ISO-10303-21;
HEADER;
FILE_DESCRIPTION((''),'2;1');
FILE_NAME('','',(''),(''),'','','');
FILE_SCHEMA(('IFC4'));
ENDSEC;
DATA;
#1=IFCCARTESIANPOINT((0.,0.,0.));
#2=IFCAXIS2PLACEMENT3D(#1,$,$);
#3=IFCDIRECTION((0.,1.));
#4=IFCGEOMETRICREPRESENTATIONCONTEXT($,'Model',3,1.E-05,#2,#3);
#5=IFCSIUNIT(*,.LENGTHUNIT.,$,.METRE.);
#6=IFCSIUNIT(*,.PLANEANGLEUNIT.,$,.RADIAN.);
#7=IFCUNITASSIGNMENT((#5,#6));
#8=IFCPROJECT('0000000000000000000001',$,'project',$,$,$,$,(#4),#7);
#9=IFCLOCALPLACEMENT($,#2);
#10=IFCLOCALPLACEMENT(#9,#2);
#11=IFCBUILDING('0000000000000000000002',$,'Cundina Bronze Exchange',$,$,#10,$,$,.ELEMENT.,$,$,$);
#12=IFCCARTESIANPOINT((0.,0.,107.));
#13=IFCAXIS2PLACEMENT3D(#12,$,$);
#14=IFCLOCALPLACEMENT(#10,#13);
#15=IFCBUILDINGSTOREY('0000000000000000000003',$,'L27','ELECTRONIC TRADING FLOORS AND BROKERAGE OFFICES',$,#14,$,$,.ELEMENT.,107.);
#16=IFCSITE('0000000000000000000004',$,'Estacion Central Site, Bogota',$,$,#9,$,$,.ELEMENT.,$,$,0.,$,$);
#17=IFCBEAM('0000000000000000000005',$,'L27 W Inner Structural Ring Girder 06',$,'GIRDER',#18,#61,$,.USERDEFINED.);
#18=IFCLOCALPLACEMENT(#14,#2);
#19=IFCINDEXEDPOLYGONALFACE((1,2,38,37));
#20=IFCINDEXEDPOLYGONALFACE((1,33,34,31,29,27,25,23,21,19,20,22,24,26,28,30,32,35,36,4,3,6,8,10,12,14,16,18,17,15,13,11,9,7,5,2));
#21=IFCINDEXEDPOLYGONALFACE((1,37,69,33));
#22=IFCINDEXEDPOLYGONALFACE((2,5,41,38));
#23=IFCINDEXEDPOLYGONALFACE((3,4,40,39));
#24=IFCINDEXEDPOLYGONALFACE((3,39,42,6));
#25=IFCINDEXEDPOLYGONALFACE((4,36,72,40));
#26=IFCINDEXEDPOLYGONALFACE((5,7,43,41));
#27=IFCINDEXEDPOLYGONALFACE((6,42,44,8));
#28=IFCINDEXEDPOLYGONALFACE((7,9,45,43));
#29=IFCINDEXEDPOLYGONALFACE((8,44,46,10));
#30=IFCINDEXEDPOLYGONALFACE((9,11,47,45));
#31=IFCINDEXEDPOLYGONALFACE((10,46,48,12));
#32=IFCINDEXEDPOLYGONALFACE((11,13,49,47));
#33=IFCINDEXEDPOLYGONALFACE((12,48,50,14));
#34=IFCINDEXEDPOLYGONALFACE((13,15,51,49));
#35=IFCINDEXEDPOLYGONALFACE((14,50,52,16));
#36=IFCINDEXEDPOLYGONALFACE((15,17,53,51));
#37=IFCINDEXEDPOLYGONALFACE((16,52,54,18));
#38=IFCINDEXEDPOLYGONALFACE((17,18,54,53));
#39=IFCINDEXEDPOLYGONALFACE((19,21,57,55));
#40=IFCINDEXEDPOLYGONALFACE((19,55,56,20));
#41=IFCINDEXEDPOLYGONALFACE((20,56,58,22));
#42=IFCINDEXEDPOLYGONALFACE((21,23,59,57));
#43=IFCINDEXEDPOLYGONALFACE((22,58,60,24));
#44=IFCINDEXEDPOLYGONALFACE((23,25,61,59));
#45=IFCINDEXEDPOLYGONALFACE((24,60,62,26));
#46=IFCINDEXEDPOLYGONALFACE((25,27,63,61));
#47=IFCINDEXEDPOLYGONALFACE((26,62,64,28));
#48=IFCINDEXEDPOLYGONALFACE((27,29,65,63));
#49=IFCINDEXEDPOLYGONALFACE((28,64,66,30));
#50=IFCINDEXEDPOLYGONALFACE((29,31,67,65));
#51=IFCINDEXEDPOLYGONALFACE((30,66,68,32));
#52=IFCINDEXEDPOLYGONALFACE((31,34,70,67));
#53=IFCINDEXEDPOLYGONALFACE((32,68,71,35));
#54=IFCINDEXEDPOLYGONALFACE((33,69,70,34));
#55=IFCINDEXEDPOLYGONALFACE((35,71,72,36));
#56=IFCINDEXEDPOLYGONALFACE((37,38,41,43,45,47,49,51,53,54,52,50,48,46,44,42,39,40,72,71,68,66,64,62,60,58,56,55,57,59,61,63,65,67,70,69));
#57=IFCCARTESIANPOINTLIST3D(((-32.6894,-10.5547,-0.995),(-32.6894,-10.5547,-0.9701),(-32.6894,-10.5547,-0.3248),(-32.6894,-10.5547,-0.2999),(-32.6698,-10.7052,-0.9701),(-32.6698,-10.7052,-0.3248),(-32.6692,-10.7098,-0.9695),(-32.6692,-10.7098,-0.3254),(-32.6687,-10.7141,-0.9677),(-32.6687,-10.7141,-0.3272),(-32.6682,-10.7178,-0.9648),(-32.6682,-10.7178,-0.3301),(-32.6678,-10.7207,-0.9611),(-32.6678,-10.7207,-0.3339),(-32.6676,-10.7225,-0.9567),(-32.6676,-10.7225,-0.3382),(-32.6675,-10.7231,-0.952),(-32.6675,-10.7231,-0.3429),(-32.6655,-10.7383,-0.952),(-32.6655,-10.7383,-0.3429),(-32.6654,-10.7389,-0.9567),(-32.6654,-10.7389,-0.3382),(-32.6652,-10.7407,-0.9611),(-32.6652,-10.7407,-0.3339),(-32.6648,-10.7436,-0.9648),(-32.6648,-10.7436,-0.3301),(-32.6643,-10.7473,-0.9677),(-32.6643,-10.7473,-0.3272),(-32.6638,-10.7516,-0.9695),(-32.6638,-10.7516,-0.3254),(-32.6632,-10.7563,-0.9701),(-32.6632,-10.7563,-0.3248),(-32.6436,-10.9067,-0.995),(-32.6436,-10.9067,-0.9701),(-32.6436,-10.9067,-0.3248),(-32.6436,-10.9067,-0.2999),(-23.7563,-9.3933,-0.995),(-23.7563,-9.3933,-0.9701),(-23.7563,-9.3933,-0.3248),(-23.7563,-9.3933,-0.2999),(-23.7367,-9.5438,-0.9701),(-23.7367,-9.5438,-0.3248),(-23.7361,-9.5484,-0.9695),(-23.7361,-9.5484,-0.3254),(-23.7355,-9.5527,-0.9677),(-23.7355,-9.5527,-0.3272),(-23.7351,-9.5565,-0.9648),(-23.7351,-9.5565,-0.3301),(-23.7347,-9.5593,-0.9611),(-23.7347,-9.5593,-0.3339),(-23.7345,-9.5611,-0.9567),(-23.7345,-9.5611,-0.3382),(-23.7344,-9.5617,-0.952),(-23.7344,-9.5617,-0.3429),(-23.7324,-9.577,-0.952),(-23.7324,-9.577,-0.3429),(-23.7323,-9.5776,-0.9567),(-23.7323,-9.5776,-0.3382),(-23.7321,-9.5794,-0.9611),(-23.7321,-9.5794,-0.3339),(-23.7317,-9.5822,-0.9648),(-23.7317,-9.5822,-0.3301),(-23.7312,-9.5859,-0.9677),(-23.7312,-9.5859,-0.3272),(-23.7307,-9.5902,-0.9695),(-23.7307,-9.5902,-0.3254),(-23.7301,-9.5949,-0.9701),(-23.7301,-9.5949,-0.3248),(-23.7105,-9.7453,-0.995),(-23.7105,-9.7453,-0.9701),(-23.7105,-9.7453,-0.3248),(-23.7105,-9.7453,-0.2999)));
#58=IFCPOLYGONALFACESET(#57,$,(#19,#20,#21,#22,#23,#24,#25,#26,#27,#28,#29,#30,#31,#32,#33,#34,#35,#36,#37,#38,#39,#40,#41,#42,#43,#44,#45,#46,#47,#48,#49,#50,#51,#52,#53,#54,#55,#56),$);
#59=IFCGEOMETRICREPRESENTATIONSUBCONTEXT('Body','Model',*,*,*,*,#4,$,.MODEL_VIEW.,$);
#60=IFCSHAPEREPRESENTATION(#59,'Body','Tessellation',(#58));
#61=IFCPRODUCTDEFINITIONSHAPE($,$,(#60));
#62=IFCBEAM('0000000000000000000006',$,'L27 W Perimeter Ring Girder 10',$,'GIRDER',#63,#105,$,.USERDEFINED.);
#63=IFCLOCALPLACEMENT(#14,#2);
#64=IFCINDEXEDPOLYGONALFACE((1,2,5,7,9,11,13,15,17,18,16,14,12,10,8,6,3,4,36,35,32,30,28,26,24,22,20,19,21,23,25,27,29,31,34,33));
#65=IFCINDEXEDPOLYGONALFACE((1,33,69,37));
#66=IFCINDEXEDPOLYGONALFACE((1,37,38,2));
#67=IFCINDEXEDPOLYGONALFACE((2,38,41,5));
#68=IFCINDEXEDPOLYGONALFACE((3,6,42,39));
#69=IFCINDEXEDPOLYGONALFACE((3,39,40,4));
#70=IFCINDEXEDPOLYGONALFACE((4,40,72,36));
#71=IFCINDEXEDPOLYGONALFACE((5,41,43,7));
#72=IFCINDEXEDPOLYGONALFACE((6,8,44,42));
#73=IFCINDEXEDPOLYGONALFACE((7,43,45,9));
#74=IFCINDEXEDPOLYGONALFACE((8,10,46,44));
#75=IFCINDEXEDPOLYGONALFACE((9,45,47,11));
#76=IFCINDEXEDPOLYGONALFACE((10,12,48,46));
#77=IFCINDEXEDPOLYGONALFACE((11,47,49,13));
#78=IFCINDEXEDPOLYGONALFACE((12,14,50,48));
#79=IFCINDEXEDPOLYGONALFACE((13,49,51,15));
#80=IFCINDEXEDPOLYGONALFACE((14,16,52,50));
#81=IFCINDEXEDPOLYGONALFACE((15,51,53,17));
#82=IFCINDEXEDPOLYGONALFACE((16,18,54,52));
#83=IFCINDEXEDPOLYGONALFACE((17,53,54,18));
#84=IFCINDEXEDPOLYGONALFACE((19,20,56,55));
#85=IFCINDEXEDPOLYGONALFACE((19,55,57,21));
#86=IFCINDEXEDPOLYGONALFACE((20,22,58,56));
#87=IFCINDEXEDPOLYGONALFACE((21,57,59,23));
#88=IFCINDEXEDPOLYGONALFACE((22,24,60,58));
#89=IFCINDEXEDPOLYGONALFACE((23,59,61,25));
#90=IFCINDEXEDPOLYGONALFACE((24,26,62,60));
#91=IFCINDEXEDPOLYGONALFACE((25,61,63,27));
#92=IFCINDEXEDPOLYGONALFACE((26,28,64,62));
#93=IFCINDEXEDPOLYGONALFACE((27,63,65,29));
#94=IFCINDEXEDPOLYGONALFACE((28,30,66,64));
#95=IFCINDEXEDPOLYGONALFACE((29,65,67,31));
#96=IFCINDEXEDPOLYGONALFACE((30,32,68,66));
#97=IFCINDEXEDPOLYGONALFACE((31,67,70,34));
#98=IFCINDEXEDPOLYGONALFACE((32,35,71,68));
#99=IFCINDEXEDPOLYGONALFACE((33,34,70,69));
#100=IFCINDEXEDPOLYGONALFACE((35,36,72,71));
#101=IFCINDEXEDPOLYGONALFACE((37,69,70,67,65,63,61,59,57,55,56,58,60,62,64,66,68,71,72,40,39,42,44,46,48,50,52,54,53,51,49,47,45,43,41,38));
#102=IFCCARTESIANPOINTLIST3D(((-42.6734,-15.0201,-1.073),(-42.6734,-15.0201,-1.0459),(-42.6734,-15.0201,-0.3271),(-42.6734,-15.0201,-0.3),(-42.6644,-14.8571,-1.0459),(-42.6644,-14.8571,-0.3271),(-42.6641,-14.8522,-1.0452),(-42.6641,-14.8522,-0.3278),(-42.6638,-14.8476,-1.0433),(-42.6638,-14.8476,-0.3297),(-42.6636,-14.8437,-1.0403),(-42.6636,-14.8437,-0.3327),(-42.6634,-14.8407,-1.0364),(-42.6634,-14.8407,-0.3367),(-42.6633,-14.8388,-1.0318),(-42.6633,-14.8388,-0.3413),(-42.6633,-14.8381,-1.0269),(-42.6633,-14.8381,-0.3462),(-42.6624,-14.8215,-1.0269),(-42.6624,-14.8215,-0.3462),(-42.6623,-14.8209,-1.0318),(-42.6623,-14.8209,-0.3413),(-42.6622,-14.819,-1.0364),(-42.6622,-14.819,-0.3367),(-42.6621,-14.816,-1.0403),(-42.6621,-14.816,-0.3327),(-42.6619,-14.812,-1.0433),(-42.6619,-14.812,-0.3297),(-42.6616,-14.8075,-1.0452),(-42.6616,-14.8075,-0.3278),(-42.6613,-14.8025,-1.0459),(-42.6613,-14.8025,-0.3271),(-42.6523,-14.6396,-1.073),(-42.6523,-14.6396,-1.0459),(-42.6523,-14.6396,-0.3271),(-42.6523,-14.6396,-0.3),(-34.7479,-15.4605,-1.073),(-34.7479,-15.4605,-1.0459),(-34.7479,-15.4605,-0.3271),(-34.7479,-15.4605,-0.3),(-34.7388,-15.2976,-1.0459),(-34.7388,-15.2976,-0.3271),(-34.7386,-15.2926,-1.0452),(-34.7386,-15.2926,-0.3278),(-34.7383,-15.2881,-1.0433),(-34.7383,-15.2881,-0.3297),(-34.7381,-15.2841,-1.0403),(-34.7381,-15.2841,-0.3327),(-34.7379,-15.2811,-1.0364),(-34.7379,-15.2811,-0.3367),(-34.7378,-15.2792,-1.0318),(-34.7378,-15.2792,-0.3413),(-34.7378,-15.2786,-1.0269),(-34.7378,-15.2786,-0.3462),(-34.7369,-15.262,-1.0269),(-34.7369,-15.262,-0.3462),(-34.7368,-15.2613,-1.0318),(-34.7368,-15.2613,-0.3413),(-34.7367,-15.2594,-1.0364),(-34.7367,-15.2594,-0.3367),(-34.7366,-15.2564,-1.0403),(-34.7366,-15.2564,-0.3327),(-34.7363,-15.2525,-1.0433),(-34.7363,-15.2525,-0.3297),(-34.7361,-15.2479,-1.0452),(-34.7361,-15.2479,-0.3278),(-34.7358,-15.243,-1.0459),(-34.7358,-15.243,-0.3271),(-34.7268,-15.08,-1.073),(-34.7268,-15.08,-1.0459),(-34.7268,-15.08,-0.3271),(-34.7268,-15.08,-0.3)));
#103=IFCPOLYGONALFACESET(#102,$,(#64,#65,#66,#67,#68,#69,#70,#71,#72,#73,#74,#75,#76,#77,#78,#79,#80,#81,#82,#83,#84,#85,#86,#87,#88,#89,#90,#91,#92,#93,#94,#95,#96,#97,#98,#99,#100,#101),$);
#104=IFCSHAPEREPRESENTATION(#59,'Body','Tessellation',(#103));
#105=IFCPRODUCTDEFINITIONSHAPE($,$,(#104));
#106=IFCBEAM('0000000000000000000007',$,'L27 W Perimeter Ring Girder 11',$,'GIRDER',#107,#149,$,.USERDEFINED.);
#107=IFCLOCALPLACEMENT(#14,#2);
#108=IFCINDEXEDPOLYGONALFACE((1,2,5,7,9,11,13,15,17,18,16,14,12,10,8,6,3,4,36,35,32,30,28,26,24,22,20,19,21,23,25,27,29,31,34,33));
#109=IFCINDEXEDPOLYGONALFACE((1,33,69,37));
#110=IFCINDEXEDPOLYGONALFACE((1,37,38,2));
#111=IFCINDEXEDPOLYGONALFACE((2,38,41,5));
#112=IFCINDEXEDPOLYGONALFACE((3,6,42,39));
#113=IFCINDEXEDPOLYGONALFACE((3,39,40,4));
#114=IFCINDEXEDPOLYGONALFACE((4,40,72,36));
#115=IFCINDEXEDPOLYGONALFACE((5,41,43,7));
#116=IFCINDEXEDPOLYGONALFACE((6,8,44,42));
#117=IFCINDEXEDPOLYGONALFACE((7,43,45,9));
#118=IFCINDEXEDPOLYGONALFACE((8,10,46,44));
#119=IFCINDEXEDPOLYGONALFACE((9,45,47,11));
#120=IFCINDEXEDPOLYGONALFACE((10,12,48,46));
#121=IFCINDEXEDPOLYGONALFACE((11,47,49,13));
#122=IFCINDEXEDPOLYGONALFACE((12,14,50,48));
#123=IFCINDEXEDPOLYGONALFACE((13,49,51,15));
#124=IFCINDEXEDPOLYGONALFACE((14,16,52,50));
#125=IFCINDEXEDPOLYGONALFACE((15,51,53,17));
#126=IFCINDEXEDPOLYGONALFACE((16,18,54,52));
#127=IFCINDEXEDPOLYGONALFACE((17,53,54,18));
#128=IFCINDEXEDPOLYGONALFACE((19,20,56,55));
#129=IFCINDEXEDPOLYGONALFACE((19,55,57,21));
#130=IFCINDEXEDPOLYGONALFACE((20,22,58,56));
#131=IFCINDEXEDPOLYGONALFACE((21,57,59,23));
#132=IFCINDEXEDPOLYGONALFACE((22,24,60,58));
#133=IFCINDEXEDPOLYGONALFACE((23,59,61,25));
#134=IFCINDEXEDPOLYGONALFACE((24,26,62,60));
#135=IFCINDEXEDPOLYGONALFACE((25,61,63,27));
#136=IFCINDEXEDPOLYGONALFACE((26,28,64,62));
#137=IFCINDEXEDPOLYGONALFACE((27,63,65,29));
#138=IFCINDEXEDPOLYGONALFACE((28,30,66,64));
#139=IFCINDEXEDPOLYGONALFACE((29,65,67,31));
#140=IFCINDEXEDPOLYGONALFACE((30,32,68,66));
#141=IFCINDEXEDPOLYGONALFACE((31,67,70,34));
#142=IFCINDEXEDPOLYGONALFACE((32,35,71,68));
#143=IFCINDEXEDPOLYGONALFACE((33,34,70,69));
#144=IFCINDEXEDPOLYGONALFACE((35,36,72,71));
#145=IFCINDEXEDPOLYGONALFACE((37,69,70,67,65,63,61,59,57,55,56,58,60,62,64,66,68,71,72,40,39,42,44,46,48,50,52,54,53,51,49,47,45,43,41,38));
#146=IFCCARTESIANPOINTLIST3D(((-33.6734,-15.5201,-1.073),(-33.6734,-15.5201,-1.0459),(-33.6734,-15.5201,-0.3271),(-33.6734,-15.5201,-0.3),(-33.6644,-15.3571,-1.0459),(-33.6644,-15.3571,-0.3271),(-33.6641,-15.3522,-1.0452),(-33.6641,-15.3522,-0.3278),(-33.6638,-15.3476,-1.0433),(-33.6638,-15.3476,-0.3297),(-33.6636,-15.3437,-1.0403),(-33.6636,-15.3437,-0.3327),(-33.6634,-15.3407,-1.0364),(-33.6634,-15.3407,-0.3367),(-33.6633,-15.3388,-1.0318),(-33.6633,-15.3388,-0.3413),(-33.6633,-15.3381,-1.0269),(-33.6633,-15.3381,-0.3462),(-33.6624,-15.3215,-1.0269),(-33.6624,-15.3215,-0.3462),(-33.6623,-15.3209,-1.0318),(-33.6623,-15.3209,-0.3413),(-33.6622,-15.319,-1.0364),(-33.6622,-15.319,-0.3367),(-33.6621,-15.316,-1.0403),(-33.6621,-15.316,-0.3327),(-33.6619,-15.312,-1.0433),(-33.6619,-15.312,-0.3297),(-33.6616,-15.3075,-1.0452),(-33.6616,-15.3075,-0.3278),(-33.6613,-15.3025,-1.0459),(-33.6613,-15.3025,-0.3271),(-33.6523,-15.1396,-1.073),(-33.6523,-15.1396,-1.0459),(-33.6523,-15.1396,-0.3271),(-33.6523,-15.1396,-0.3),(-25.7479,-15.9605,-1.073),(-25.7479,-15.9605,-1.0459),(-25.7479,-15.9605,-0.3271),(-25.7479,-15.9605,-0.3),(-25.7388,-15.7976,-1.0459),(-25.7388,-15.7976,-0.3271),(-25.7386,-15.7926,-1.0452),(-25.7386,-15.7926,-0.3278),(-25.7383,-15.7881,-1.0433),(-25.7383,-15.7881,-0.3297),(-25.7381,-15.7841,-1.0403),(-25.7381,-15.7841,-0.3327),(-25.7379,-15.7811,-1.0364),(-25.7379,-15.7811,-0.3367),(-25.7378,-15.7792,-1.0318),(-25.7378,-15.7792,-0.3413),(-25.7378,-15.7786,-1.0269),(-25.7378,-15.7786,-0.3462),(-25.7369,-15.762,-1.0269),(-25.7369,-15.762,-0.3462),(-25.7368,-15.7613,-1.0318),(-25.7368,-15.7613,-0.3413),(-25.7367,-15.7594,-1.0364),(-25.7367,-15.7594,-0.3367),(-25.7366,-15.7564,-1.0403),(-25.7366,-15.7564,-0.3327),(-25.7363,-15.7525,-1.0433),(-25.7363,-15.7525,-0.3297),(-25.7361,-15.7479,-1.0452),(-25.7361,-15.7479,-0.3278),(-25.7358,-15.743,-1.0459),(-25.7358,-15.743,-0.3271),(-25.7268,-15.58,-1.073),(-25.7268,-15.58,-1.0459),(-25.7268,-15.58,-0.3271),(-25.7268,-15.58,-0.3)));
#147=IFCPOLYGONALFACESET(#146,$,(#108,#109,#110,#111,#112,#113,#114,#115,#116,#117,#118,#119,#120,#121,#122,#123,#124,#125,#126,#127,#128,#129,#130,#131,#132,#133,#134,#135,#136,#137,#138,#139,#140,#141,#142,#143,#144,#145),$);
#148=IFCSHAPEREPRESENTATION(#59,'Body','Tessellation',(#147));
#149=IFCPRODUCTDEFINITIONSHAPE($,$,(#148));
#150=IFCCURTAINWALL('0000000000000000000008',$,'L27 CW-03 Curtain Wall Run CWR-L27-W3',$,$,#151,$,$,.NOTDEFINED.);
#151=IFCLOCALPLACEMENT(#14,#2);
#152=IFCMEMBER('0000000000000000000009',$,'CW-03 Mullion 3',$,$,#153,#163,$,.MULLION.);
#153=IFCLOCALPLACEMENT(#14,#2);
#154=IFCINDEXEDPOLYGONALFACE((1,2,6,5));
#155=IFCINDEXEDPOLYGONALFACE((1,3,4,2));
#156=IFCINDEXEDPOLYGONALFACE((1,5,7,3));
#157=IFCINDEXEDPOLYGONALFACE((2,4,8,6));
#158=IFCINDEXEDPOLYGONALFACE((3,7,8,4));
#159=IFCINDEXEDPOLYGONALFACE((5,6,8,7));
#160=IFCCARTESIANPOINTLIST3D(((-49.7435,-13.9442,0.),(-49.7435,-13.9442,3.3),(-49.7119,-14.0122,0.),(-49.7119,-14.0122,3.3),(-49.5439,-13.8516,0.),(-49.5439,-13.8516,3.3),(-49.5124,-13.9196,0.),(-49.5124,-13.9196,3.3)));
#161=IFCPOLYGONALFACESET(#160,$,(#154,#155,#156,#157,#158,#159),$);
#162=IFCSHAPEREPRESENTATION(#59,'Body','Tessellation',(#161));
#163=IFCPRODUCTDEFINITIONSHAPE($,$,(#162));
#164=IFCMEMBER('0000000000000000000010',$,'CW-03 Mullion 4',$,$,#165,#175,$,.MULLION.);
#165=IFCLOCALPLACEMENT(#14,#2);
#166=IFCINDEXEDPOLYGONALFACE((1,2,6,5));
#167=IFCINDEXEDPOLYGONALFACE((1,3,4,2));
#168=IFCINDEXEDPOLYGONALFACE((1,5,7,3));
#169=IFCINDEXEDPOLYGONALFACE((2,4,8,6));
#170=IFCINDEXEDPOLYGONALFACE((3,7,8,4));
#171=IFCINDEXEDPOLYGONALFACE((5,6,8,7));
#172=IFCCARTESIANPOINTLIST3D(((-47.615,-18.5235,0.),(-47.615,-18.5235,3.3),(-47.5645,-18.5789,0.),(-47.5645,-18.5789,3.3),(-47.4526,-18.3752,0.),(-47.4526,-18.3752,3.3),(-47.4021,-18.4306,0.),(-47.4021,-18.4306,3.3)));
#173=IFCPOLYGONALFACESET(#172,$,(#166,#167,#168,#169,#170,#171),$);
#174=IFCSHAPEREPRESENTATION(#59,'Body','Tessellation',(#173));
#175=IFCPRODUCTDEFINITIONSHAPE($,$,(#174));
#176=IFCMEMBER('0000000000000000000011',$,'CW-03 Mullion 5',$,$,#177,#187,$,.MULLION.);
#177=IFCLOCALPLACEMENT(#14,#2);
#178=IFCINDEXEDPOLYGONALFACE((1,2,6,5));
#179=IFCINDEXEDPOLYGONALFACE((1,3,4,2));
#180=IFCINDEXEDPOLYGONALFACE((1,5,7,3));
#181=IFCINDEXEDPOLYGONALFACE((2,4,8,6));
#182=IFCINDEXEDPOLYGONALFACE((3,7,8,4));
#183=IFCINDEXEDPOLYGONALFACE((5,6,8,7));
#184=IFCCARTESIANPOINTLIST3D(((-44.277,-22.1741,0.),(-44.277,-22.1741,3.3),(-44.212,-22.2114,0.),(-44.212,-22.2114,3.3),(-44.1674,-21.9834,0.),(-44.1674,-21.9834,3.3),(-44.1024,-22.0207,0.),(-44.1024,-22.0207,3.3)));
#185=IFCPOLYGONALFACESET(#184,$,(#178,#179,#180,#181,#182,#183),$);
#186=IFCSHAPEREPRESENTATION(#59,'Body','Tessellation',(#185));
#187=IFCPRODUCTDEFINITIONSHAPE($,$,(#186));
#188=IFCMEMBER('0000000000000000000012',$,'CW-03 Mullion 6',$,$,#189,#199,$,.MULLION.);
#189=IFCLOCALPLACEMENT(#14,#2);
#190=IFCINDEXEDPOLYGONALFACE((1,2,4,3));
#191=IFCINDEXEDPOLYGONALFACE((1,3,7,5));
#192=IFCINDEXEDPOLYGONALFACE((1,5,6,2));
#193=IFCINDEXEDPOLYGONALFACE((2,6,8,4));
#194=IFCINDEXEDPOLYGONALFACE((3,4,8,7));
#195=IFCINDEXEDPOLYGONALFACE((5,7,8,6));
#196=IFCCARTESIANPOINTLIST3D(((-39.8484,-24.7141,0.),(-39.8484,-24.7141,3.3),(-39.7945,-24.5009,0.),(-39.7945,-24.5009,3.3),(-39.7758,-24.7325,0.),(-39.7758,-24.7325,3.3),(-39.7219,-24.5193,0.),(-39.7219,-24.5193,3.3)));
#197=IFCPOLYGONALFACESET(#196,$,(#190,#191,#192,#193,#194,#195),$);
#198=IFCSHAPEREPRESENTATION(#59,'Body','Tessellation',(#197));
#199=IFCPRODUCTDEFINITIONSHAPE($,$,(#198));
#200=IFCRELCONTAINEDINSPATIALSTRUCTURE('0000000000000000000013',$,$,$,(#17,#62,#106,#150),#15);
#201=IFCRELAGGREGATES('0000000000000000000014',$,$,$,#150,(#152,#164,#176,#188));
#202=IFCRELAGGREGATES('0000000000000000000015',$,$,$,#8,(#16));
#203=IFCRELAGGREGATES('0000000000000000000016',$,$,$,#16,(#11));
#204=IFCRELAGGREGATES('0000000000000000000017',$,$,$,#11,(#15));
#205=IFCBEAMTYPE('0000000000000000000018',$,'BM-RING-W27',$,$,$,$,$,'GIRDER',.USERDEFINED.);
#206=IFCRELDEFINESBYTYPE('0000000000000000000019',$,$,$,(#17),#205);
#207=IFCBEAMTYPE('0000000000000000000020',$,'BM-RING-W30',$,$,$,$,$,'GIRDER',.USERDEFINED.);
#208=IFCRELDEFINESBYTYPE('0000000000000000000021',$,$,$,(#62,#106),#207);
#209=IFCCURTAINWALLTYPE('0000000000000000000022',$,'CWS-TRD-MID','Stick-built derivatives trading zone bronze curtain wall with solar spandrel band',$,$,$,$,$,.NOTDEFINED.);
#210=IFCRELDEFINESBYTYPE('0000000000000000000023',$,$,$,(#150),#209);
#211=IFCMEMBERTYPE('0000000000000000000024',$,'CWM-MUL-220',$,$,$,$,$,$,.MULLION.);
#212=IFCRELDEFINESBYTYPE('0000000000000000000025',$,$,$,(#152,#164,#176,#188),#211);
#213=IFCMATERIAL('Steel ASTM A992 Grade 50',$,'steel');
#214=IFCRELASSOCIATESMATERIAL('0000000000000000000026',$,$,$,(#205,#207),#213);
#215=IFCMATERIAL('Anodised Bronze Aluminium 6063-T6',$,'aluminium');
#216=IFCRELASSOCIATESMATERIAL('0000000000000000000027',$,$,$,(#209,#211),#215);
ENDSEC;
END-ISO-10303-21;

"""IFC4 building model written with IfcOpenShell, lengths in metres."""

from ifc_helpers import new_model, si_unit, direction, frame, origin, origin_2d, place, context, subcontext, project, spatial, rectangle, i_section, extrude, material, material_profile, profile_set, type_object, element, aggregate, save


model = new_model("IFC4")

# Units and contexts
model_context = context("Model", 3, precision=1e-05, world=origin(), true_north=direction((0.0, 1.0)))
body_context = subcontext(model_context, "Body", "Model", "MODEL_VIEW")
ifc_project = project(units=[si_unit("LENGTHUNIT", "METRE"), si_unit("PLANEANGLEUNIT", "RADIAN")], contexts=[model_context])

# Site, building, storey
site_placement = place(None, origin())
site = spatial("IfcSite", under=ifc_project, at=site_placement, Name="Estacion Central Site, Bogota", CompositionType="ELEMENT", RefElevation=0.0)
building_placement = place(site_placement, origin())
building = spatial("IfcBuilding", under=site, at=building_placement, Name="Cundina Bronze Exchange", CompositionType="ELEMENT")
storey_placement = place(building_placement, frame((0.0, 0.0, 107.0)))
storey = spatial("IfcBuildingStorey", under=building, at=storey_placement, Name="L27", Description="ELECTRONIC TRADING FLOORS AND BROKERAGE OFFICES", CompositionType="ELEMENT", Elevation=107.0)

# Beams
ifc_material_1 = material(Name="Steel ASTM A992 Grade 50", Category="steel")
ifc_material_profile_1 = material_profile(ifc_material_1, i_section(OverallWidth=0.355, OverallDepth=0.6951, WebThickness=0.0154, FlangeThickness=0.0249, FilletRadius=0.0181, at=origin_2d()), Name="W27X146", Category="steel")
ifc_profile_set_1 = profile_set([ifc_material_profile_1], Name="Steel ASTM A992 Grade 50")
beam_type_1 = type_object("IfcBeamType", Name="BM-RING-W27", ElementType="GIRDER", PredefinedType="USERDEFINED", material=ifc_profile_set_1)
beam_1_placement = place(storey_placement, frame((-32.6665, -10.7307, -0.6475), z_axis=(0.991655, 0.128923, 0.0), x_axis=(-0.128923, 0.991655, 0.0)))
element("IfcBeam", 1, at=beam_1_placement, inside=storey, type_object=beam_type_1, Name="L27 W Inner Structural Ring Girder 06", ObjectType="GIRDER", PredefinedType="USERDEFINED", context=body_context, shape_type="SweptSolid", body=[
    extrude(i_section(OverallWidth=0.355, OverallDepth=0.6951, WebThickness=0.0154, FlangeThickness=0.0249, FilletRadius=0.0181, at=origin_2d()), origin(), (0.0, 0.0, 1.0), 9.0083),
])
ifc_material_profile_2 = material_profile(ifc_material_1, i_section(OverallWidth=0.3811, OverallDepth=0.7729, WebThickness=0.0166, FlangeThickness=0.0271, FilletRadius=0.019, at=origin_2d()), Name="W30X173", Category="steel")
ifc_profile_set_2 = profile_set([ifc_material_profile_2], Name="Steel ASTM A992 Grade 50")
beam_type_2 = type_object("IfcBeamType", Name="BM-RING-W30", ElementType="GIRDER", PredefinedType="USERDEFINED", material=ifc_profile_set_2)
for number, where, z_axis, x_axis, name in (
    (2, (-42.6628, -14.8298, -0.6865), (0.99846, -0.055485, 0.0), (0.055485, 0.99846, 0.0), "L27 W Perimeter Ring Girder 10"),
    (3, (-33.6628, -15.3298, -0.6865), (0.99846, -0.055485, 0.0), (0.055485, 0.99846, 0.0), "L27 W Perimeter Ring Girder 11"),
):
    element("IfcBeam", number, at=place(storey_placement, frame(where, z_axis=z_axis, x_axis=x_axis)), inside=storey, type_object=beam_type_2, Name=name, ObjectType="GIRDER", PredefinedType="USERDEFINED", context=body_context, shape_type="SweptSolid", body=[
        extrude(i_section(OverallWidth=0.3811, OverallDepth=0.7729, WebThickness=0.0166, FlangeThickness=0.0271, FilletRadius=0.019, at=origin_2d()), origin(), (0.0, 0.0, 1.0), 7.9377),
    ])

# Curtain wall, members
ifc_material_2 = material(Name="Anodised Bronze Aluminium 6063-T6", Category="aluminium")
curtain_wall_type = type_object("IfcCurtainWallType", Name="CWS-TRD-MID", Description="Stick-built derivatives trading zone bronze curtain wall with solar spandrel band", PredefinedType="NOTDEFINED", material=ifc_material_2)
curtain_wall_placement = place(storey_placement, origin())
curtain_wall = element("IfcCurtainWall", 4, at=curtain_wall_placement, inside=storey, type_object=curtain_wall_type, Name="L27 CW-03 Curtain Wall Run CWR-L27-W3", PredefinedType="NOTDEFINED")
ifc_material_profile_3 = material_profile(ifc_material_2, rectangle(XDim=0.075, YDim=0.22, at=origin_2d()), Name="AL75X220", Category="aluminium")
ifc_profile_set_3 = profile_set([ifc_material_profile_3], Name="Anodised Bronze Aluminium 6063-T6")
member_type_1 = type_object("IfcMemberType", Name="CWM-MUL-220", PredefinedType="MULLION", material=ifc_profile_set_3)
member_1_placement = place(storey_placement, frame((-49.6279, -13.9319, 0.0), z_axis=(0.0, 0.0, 1.0), x_axis=(0.420877, -0.907117, 0.0)))
member_1 = element("IfcMember", 5, at=member_1_placement, type_object=member_type_1, Name="CW-03 Mullion 3", PredefinedType="MULLION", context=body_context, shape_type="SweptSolid", body=[
    extrude(rectangle(XDim=0.075, YDim=0.22, at=origin_2d()), origin(), (0.0, 0.0, 1.0), 3.3),
])
member_2_placement = place(storey_placement, frame((-47.5085, -18.4771, 0.0), z_axis=(0.0, 0.0, 1.0), x_axis=(0.674302, -0.738455, 0.0)))
member_2 = element("IfcMember", 6, at=member_2_placement, type_object=member_type_1, Name="CW-03 Mullion 4", PredefinedType="MULLION", context=body_context, shape_type="SweptSolid", body=[
    extrude(rectangle(XDim=0.075, YDim=0.22, at=origin_2d()), origin(), (0.0, 0.0, 1.0), 3.3),
])
member_3_placement = place(storey_placement, frame((-44.1897, -22.0974, 0.0), z_axis=(0.0, 0.0, 1.0), x_axis=(0.867071, -0.498185, 0.0)))
member_3 = element("IfcMember", 7, at=member_3_placement, type_object=member_type_1, Name="CW-03 Mullion 5", PredefinedType="MULLION", context=body_context, shape_type="SweptSolid", body=[
    extrude(rectangle(XDim=0.075, YDim=0.22, at=origin_2d()), origin(), (0.0, 0.0, 1.0), 3.3),
])
member_4_placement = place(storey_placement, frame((-39.7852, -24.6167, 0.0), z_axis=(0.0, 0.0, 1.0), x_axis=(0.969488, -0.245138, 0.0)))
member_4 = element("IfcMember", 8, at=member_4_placement, type_object=member_type_1, Name="CW-03 Mullion 6", PredefinedType="MULLION", context=body_context, shape_type="SweptSolid", body=[
    extrude(rectangle(XDim=0.075, YDim=0.22, at=origin_2d()), origin(), (0.0, 0.0, 1.0), 3.3),
])
aggregate(curtain_wall, [member_1, member_2, member_3, member_4])

save(model, "model.ifc")
